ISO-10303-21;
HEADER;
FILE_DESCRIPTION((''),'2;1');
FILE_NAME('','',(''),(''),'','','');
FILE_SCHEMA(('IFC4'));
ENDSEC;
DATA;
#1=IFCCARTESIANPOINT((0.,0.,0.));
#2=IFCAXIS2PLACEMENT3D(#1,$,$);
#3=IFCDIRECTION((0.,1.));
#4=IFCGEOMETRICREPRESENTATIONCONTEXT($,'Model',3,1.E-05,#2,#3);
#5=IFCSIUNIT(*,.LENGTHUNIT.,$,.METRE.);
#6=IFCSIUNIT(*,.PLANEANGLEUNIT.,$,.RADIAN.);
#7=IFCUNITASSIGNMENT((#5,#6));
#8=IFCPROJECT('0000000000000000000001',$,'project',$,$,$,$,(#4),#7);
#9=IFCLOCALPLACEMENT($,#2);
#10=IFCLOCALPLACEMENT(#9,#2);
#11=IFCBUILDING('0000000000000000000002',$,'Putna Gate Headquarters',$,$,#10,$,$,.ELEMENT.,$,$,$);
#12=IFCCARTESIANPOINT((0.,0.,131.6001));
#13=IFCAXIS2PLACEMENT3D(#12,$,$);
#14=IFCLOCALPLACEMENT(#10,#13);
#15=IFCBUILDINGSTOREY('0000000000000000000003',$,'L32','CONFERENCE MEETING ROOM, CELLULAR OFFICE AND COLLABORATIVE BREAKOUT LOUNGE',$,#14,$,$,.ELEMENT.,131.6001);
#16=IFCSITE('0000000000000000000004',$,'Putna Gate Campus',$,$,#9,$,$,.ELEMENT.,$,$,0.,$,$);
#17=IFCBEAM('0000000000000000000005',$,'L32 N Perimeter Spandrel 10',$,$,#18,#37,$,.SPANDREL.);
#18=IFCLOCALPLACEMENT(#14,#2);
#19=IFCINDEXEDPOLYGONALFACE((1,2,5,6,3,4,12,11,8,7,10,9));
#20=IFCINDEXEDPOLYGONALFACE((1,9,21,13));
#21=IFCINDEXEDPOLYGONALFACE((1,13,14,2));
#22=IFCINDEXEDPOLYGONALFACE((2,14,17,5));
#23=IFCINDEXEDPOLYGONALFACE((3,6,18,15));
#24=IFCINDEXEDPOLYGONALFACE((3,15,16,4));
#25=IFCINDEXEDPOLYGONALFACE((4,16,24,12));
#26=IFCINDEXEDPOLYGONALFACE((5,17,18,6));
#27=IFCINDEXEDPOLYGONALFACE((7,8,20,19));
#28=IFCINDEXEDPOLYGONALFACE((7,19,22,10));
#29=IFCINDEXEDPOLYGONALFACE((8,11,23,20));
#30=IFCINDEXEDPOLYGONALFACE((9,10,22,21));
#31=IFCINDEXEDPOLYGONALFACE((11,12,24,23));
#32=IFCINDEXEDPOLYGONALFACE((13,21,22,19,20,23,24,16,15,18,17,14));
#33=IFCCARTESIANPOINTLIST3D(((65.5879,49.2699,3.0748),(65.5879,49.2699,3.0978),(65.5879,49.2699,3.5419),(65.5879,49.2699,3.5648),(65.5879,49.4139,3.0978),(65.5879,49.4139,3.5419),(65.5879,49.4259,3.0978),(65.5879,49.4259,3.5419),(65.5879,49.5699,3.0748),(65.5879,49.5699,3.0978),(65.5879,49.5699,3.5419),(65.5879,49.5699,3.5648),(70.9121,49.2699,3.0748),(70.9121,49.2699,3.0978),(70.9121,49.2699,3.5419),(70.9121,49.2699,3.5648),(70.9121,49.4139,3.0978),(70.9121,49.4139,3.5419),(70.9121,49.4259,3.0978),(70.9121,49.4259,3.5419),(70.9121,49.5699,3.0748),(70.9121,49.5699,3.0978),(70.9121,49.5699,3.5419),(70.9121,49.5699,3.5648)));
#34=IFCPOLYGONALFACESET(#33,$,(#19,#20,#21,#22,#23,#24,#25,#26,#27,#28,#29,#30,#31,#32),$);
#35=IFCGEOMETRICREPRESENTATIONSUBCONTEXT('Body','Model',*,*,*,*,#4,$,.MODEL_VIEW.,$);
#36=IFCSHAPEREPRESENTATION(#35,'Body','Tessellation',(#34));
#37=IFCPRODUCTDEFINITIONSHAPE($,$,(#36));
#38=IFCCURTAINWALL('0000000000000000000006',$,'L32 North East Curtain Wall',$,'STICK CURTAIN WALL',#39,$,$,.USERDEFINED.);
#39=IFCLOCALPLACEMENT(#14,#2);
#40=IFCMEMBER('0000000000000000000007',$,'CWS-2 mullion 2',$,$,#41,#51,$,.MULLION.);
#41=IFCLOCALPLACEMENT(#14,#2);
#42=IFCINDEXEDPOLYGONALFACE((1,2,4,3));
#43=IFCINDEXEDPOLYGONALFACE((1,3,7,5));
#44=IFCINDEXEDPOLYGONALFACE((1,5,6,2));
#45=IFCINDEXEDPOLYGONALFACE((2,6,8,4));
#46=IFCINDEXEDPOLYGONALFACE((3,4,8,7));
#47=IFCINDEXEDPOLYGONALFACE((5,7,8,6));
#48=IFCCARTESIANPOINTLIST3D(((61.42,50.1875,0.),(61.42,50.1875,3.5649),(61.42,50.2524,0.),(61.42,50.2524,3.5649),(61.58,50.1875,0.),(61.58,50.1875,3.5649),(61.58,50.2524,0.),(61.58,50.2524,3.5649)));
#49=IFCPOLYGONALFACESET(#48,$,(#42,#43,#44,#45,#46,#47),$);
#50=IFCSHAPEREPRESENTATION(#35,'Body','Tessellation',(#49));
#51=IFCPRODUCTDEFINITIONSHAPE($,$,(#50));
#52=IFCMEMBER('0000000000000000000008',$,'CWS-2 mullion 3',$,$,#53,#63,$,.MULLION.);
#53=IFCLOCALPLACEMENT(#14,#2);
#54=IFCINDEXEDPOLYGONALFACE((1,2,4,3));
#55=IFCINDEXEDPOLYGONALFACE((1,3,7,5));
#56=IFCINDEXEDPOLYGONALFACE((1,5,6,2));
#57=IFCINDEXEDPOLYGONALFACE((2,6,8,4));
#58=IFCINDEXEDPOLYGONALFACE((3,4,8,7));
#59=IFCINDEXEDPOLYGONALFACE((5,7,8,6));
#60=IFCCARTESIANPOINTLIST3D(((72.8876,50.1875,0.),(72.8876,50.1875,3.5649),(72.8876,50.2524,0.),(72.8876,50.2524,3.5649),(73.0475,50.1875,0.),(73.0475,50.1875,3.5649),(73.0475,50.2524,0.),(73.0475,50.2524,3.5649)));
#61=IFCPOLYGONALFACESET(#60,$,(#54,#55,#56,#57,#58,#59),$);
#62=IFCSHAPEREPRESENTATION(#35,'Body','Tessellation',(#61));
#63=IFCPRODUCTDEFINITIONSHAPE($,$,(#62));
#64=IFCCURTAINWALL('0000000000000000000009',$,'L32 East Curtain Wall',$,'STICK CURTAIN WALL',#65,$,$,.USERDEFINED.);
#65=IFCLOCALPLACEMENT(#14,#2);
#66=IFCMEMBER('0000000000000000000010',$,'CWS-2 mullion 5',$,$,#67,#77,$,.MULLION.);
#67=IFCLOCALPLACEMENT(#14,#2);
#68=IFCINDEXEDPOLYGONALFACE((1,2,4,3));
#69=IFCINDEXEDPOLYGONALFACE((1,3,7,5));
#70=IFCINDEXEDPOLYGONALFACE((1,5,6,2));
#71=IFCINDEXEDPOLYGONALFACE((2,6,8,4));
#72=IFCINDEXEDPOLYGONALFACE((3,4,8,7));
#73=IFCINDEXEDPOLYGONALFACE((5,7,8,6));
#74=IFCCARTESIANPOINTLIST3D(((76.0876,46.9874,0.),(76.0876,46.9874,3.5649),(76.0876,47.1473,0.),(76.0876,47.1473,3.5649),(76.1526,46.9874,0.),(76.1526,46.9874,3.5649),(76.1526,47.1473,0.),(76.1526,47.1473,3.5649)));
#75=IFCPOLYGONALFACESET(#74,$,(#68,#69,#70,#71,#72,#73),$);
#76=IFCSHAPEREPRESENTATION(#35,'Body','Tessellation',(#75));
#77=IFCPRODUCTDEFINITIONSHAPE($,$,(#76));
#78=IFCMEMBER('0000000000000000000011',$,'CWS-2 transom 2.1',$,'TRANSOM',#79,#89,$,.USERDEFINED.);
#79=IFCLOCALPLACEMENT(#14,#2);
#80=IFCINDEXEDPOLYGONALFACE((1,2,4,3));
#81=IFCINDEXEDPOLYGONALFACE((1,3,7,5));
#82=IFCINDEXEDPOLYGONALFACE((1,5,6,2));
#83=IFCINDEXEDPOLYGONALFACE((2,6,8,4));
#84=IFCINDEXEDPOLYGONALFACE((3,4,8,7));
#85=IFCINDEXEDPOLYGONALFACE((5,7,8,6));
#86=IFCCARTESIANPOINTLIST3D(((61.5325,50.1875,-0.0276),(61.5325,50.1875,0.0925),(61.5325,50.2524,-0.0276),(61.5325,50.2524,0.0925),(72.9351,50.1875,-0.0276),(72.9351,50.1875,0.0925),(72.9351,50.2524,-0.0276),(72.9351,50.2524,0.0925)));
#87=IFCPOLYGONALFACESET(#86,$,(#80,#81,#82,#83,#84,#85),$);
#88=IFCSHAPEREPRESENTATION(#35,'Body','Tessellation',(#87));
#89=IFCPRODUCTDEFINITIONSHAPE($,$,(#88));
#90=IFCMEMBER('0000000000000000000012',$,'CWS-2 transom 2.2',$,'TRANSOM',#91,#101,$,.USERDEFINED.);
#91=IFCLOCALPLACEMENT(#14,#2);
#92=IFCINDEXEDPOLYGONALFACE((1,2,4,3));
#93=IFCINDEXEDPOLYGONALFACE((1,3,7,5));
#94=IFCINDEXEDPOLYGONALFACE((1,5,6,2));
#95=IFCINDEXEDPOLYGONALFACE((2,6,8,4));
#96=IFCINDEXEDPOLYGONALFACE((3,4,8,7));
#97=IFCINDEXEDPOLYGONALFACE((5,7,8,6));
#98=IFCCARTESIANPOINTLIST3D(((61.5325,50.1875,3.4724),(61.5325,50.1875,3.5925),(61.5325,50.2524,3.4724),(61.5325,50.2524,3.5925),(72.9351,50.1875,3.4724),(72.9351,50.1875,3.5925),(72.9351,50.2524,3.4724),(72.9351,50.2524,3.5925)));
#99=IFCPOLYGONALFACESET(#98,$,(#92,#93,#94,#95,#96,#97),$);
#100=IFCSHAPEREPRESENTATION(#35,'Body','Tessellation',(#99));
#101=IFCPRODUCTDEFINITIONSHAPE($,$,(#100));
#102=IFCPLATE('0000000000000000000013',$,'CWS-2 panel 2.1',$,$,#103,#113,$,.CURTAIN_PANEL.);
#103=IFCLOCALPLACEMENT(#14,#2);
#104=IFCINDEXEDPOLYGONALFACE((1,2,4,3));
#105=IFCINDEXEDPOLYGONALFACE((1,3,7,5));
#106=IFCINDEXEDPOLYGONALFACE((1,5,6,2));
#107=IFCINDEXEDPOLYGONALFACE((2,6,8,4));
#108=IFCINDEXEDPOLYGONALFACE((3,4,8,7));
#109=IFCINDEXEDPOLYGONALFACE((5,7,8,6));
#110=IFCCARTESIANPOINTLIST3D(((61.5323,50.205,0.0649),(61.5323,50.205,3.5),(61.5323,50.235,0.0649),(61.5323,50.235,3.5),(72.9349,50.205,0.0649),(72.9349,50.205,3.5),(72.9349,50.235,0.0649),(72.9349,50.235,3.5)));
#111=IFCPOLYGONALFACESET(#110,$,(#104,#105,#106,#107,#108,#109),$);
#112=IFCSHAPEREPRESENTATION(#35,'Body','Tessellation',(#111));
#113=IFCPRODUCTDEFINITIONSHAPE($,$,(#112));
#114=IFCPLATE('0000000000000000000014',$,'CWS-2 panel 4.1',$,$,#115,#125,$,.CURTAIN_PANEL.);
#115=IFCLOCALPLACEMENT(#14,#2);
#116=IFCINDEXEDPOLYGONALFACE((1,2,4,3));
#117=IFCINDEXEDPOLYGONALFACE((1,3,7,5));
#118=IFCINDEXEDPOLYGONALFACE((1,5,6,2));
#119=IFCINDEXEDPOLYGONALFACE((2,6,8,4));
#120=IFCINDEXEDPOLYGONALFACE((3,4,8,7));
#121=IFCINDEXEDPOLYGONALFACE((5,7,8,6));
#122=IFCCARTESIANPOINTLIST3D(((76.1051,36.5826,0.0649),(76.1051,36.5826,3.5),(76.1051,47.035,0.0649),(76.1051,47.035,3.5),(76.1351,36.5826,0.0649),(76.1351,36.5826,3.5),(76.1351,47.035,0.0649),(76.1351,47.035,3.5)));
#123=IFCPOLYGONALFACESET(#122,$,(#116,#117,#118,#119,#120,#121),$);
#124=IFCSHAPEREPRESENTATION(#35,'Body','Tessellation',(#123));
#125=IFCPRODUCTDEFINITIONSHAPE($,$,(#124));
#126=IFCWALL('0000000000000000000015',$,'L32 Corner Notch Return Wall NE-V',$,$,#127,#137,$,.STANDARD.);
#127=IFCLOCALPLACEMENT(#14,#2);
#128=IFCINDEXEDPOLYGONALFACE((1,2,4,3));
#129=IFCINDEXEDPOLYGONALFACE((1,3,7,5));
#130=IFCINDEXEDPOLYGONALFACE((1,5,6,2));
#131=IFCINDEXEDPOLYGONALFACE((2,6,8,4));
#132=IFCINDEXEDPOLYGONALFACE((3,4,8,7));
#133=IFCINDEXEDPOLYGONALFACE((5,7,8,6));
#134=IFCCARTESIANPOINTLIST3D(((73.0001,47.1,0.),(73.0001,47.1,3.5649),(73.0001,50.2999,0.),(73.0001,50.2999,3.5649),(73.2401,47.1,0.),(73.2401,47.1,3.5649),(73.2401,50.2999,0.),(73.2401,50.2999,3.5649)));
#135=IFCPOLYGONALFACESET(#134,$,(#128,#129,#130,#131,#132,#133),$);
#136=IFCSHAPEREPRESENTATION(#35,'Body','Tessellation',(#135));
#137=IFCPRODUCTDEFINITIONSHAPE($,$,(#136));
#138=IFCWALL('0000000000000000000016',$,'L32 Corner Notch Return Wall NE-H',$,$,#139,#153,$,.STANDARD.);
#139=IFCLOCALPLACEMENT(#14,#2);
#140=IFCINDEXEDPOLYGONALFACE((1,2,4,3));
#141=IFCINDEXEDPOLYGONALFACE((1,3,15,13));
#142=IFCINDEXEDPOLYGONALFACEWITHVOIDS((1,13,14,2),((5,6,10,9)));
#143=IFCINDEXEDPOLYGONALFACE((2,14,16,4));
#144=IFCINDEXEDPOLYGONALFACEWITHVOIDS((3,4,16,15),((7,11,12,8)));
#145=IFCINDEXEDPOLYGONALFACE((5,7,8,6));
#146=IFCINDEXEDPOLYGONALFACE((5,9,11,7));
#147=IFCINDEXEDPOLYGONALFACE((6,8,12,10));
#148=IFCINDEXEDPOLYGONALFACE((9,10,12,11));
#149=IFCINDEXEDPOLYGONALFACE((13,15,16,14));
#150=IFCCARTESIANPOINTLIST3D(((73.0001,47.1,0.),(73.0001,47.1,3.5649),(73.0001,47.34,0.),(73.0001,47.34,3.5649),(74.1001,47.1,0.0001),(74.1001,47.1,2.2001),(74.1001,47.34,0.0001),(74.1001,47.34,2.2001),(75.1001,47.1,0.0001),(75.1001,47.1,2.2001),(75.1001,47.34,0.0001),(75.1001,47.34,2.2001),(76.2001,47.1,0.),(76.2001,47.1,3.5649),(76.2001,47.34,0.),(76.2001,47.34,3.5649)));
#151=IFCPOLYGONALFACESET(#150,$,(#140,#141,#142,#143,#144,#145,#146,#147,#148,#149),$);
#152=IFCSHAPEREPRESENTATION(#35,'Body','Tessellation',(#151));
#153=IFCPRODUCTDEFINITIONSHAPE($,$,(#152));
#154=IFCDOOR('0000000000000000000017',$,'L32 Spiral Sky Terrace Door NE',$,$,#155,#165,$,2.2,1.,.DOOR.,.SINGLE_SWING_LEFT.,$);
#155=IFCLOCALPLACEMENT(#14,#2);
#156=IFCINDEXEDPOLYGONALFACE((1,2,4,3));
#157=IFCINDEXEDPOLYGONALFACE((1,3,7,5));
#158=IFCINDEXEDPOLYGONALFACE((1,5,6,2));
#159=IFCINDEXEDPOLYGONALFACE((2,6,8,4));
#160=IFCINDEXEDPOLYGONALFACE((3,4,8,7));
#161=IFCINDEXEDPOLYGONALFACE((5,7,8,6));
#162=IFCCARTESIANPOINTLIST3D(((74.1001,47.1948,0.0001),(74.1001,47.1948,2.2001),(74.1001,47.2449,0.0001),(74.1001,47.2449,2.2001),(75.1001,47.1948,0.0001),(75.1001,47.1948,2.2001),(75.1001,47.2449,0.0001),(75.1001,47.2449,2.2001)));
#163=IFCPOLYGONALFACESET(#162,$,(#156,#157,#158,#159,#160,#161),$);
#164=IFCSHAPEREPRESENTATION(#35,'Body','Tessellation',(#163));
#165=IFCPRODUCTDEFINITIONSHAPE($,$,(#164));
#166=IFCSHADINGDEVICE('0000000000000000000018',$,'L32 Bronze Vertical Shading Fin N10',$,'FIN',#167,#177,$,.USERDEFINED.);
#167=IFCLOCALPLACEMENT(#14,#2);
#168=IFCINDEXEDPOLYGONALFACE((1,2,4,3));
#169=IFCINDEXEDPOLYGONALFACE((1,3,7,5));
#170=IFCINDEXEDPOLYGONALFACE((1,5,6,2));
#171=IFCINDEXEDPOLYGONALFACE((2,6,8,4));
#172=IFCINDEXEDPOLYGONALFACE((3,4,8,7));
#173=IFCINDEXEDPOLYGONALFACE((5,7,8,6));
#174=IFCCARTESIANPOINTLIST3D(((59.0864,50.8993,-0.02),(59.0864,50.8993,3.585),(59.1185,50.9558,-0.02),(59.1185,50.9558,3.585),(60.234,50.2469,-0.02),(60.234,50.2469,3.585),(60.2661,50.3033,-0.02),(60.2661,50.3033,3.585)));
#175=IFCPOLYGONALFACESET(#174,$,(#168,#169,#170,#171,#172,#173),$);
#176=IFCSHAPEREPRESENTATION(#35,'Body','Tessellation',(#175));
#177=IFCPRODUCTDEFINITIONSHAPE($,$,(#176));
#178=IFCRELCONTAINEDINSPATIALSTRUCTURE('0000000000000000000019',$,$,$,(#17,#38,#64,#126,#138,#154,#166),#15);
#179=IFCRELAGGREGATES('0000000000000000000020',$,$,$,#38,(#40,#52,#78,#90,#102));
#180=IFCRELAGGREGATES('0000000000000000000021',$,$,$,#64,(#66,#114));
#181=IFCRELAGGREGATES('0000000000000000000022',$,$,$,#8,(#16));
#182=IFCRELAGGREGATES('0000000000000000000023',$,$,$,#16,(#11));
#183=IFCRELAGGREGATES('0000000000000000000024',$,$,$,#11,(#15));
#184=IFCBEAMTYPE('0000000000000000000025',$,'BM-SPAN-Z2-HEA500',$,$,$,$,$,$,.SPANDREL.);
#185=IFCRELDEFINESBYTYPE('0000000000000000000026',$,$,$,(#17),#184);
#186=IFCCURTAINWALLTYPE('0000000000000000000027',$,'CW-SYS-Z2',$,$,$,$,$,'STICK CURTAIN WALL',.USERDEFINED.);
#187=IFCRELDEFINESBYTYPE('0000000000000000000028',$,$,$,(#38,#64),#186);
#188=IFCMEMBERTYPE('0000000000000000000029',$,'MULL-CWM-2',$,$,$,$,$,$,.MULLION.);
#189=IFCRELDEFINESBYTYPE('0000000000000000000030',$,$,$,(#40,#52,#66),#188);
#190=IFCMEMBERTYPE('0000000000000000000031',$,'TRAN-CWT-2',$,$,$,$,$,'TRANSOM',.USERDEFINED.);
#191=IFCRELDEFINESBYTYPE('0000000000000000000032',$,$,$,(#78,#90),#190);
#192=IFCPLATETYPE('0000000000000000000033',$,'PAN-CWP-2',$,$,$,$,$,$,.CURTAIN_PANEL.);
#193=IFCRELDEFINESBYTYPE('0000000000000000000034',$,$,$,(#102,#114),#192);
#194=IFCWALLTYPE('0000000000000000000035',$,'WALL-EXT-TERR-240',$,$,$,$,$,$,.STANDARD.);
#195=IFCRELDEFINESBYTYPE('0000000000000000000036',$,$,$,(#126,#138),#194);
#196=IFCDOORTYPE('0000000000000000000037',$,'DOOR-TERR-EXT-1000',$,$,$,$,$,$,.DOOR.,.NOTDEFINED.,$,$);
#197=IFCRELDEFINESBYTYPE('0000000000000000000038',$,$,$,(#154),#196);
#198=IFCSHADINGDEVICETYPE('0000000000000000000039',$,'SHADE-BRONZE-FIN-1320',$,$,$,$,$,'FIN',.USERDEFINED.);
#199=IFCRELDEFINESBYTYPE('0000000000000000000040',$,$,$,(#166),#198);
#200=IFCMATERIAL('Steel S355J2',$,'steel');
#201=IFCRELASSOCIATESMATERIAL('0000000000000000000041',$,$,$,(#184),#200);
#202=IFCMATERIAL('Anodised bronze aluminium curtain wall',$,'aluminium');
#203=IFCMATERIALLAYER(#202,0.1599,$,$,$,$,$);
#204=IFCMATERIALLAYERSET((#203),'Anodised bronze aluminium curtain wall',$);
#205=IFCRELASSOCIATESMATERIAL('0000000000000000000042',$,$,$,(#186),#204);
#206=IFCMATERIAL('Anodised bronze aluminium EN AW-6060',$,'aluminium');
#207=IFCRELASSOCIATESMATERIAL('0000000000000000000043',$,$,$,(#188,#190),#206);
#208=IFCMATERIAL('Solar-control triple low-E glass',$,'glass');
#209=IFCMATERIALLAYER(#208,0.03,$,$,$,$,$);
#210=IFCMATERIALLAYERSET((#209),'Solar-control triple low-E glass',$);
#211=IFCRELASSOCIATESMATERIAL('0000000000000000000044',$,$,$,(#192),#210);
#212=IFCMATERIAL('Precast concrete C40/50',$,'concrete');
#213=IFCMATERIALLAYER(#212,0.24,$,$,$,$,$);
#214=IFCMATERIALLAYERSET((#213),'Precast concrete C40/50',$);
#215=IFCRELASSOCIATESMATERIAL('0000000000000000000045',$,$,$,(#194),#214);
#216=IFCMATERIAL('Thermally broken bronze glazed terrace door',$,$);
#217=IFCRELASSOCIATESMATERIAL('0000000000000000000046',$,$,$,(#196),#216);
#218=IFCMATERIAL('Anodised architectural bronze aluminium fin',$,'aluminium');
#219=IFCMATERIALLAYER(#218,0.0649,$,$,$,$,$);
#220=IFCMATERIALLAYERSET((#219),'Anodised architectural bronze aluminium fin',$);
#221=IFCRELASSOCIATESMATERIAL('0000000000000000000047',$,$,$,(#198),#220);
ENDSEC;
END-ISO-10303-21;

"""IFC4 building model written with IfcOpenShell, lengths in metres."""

from ifc_helpers import new_model, si_unit, direction, frame, frame_2d, origin, origin_2d, place, context, subcontext, project, spatial, rectangle, i_section, extrude, material, layer, layer_set, material_profile, profile_set, type_object, element, fill, aggregate, save


model = new_model("IFC4")

# Units and contexts
model_context = context("Model", 3, precision=1e-05, world=origin(), true_north=direction((0.0, 1.0)))
body_context = subcontext(model_context, "Body", "Model", "MODEL_VIEW")
ifc_project = project(units=[si_unit("LENGTHUNIT", "METRE"), si_unit("PLANEANGLEUNIT", "RADIAN")], contexts=[model_context])

# Site, building, storey
site_placement = place(None, origin())
site = spatial("IfcSite", under=ifc_project, at=site_placement, Name="Putna Gate Campus", CompositionType="ELEMENT", RefElevation=0.0)
building_placement = place(site_placement, origin())
building = spatial("IfcBuilding", under=site, at=building_placement, Name="Putna Gate Headquarters", CompositionType="ELEMENT")
storey_placement = place(building_placement, frame((0.0, 0.0, 131.6001)))
storey = spatial("IfcBuildingStorey", under=building, at=storey_placement, Name="L32", Description="CONFERENCE MEETING ROOM, CELLULAR OFFICE AND COLLABORATIVE BREAKOUT LOUNGE", CompositionType="ELEMENT", Elevation=131.6001)

# Beam
ifc_material_1 = material(Name="Steel S355J2", Category="steel")
ifc_material_profile_1 = material_profile(ifc_material_1, i_section(OverallWidth=0.3, OverallDepth=0.49, WebThickness=0.012, FlangeThickness=0.0229, at=origin_2d()), Name="Steel S355J2")
ifc_profile_set_1 = profile_set([ifc_material_profile_1], Name="Steel S355J2")
beam_type_1 = type_object("IfcBeamType", Name="BM-SPAN-Z2-HEA500", PredefinedType="SPANDREL", material=ifc_profile_set_1)
for number, where, z_axis, x_axis, name in (
    (1, (65.5879, 49.4199, 3.3198), (1.0, 0.0, 0.0), (0.0, 1.0, 0.0), "L32 N Perimeter Spandrel 10"),
):
    element("IfcBeam", number, at=place(storey_placement, frame(where, z_axis=z_axis, x_axis=x_axis)), inside=storey, type_object=beam_type_1, Name=name, PredefinedType="SPANDREL", context=body_context, shape_type="SweptSolid", body=[
        extrude(i_section(OverallWidth=0.3, OverallDepth=0.49, WebThickness=0.012, FlangeThickness=0.0229, at=origin_2d()), origin(), (0.0, 0.0, 1.0), 5.3242),
    ])

# Curtain wall, members
ifc_material_2 = material(Name="Anodised bronze aluminium curtain wall", Category="aluminium")
ifc_layer_1 = layer(ifc_material_2, 0.1599)
ifc_layer_set_1 = layer_set([ifc_layer_1], Name="Anodised bronze aluminium curtain wall")
curtain_wall_type = type_object("IfcCurtainWallType", Name="CW-SYS-Z2", ElementType="STICK CURTAIN WALL", PredefinedType="USERDEFINED", material=ifc_layer_set_1)
curtain_wall_1_placement = place(storey_placement, origin())
curtain_wall_1 = element("IfcCurtainWall", 2, at=curtain_wall_1_placement, inside=storey, type_object=curtain_wall_type, Name="L32 North East Curtain Wall", ObjectType="STICK CURTAIN WALL", PredefinedType="USERDEFINED")
ifc_material_3 = material(Name="Anodised bronze aluminium EN AW-6060", Category="aluminium")
ifc_material_profile_2 = material_profile(ifc_material_3, rectangle(XDim=0.0649, YDim=0.1599, at=origin_2d()), Name="Anodised bronze aluminium EN AW-6060")
ifc_profile_set_2 = profile_set([ifc_material_profile_2], Name="Anodised bronze aluminium EN AW-6060")
member_type_1 = type_object("IfcMemberType", Name="MULL-CWM-2", PredefinedType="MULLION", material=ifc_profile_set_2)
member_1_placement = place(storey_placement, frame((61.5, 50.22, 0.0), z_axis=(0.0, 0.0, 1.0), x_axis=(0.0, 1.0, 0.0)))
member_1 = element("IfcMember", 3, at=member_1_placement, type_object=member_type_1, Name="CWS-2 mullion 2", PredefinedType="MULLION", context=body_context, shape_type="SweptSolid", body=[
    extrude(rectangle(XDim=0.0649, YDim=0.1599, at=origin_2d()), origin(), (0.0, 0.0, 1.0), 3.5649),
])
member_2_placement = place(storey_placement, frame((72.9675, 50.22, 0.0), z_axis=(0.0, 0.0, 1.0), x_axis=(0.0, 1.0, 0.0)))
member_2 = element("IfcMember", 4, at=member_2_placement, type_object=member_type_1, Name="CWS-2 mullion 3", PredefinedType="MULLION", context=body_context, shape_type="SweptSolid", body=[
    extrude(rectangle(XDim=0.0649, YDim=0.1599, at=origin_2d()), origin(), (0.0, 0.0, 1.0), 3.5649),
])

# Curtain wall, member
curtain_wall_2_placement = place(storey_placement, origin())
curtain_wall_2 = element("IfcCurtainWall", 5, at=curtain_wall_2_placement, inside=storey, type_object=curtain_wall_type, Name="L32 East Curtain Wall", ObjectType="STICK CURTAIN WALL", PredefinedType="USERDEFINED")
member_3_placement = place(storey_placement, frame((76.1201, 47.0674, 0.0), z_axis=(0.0, 0.0, 1.0), x_axis=(-1.0, 0.0, 0.0)))
member_3 = element("IfcMember", 6, at=member_3_placement, type_object=member_type_1, Name="CWS-2 mullion 5", PredefinedType="MULLION", context=body_context, shape_type="SweptSolid", body=[
    extrude(rectangle(XDim=0.0649, YDim=0.1599, at=origin_2d()), origin(), (0.0, 0.0, 1.0), 3.5649),
])

# Members
ifc_material_profile_3 = material_profile(ifc_material_3, rectangle(XDim=0.0649, YDim=0.1201, at=origin_2d()), Name="Anodised bronze aluminium EN AW-6060")
ifc_profile_set_3 = profile_set([ifc_material_profile_3], Name="Anodised bronze aluminium EN AW-6060")
member_type_2 = type_object("IfcMemberType", Name="TRAN-CWT-2", ElementType="TRANSOM", PredefinedType="USERDEFINED", material=ifc_profile_set_3)
member_4_placement = place(storey_placement, frame((61.5325, 50.22, 0.0325), z_axis=(1.0, 0.0, 0.0), x_axis=(0.0, 1.0, 0.0)))
member_4 = element("IfcMember", 7, at=member_4_placement, type_object=member_type_2, Name="CWS-2 transom 2.1", ObjectType="TRANSOM", PredefinedType="USERDEFINED", context=body_context, shape_type="SweptSolid", body=[
    extrude(rectangle(XDim=0.0649, YDim=0.1201, at=origin_2d()), origin(), (0.0, 0.0, 1.0), 11.4026),
])
member_5_placement = place(storey_placement, frame((61.5325, 50.22, 3.5325), z_axis=(1.0, 0.0, 0.0), x_axis=(0.0, 1.0, 0.0)))
member_5 = element("IfcMember", 8, at=member_5_placement, type_object=member_type_2, Name="CWS-2 transom 2.2", ObjectType="TRANSOM", PredefinedType="USERDEFINED", context=body_context, shape_type="SweptSolid", body=[
    extrude(rectangle(XDim=0.0649, YDim=0.1201, at=origin_2d()), origin(), (0.0, 0.0, 1.0), 11.4026),
])

# Plates
ifc_material_4 = material(Name="Solar-control triple low-E glass", Category="glass")
ifc_layer_2 = layer(ifc_material_4, 0.03)
ifc_layer_set_2 = layer_set([ifc_layer_2], Name="Solar-control triple low-E glass")
plate_type = type_object("IfcPlateType", Name="PAN-CWP-2", PredefinedType="CURTAIN_PANEL", material=ifc_layer_set_2)
plate_1_placement = place(storey_placement, frame((67.2336, 50.22, 0.0649), z_axis=(0.0, 0.0, 1.0), x_axis=(1.0, 0.0, 0.0)))
plate_1 = element("IfcPlate", 9, at=plate_1_placement, type_object=plate_type, Name="CWS-2 panel 2.1", PredefinedType="CURTAIN_PANEL", context=body_context, shape_type="SweptSolid", body=[
    extrude(rectangle(XDim=11.4026, YDim=0.03, at=origin_2d()), origin(), (0.0, 0.0, 1.0), 3.4351),
])
aggregate(curtain_wall_1, [member_1, member_2, member_4, member_5, plate_1])
plate_2_placement = place(storey_placement, frame((76.1201, 41.8088, 0.0649), z_axis=(0.0, 0.0, 1.0), x_axis=(0.0, 1.0, 0.0)))
plate_2 = element("IfcPlate", 10, at=plate_2_placement, type_object=plate_type, Name="CWS-2 panel 4.1", PredefinedType="CURTAIN_PANEL", context=body_context, shape_type="SweptSolid", body=[
    extrude(rectangle(XDim=10.4524, YDim=0.03, at=origin_2d()), origin(), (0.0, 0.0, 1.0), 3.4351),
])
aggregate(curtain_wall_2, [member_3, plate_2])

# Wall
ifc_material_5 = material(Name="Precast concrete C40/50", Category="concrete")
ifc_layer_3 = layer(ifc_material_5, 0.24)
ifc_layer_set_3 = layer_set([ifc_layer_3], Name="Precast concrete C40/50")
wall_type = type_object("IfcWallType", Name="WALL-EXT-TERR-240", PredefinedType="STANDARD", material=ifc_layer_set_3)
wall_1_placement = place(storey_placement, frame((73.1201, 50.3, 0.0), z_axis=(0.0, 0.0, 1.0), x_axis=(0.0, -1.0, 0.0)))
element("IfcWall", 11, at=wall_1_placement, inside=storey, type_object=wall_type, Name="L32 Corner Notch Return Wall NE-V", PredefinedType="STANDARD", context=body_context, shape_type="SweptSolid", body=[
    extrude(rectangle(XDim=3.2, YDim=0.24, at=frame_2d((1.6001, 0.0))), origin(), (0.0, 0.0, 1.0), 3.5649),
])

# Wall, opening, door
wall_2_placement = place(storey_placement, frame((73.0, 47.22, 0.0), z_axis=(0.0, 0.0, 1.0), x_axis=(1.0, 0.0, 0.0)))
wall_2 = element("IfcWall", 12, at=wall_2_placement, inside=storey, type_object=wall_type, Name="L32 Corner Notch Return Wall NE-H", PredefinedType="STANDARD", context=body_context, shape_type="SweptSolid", body=[
    extrude(rectangle(XDim=3.2, YDim=0.24, at=frame_2d((1.6001, 0.0))), origin(), (0.0, 0.0, 1.0), 3.5649),
])
opening_placement = place(wall_2_placement, frame((1.1001, 0.0, 0.0)))
opening = element("IfcOpeningElement", 13, at=opening_placement, cuts=wall_2, PredefinedType="OPENING", context=body_context, shape_type="SweptSolid", body=[
    extrude(rectangle(XDim=1.0, YDim=2.2, at=frame_2d((0.5, 1.1001))), frame((0.0, 0.1299, 0.0), z_axis=(0.0, -1.0, 0.0), x_axis=(1.0, 0.0, 0.0)), (0.0, 0.0, 1.0), 0.26),
])
ifc_material_6 = material(Name="Thermally broken bronze glazed terrace door")
door_type = type_object("IfcDoorType", Name="DOOR-TERR-EXT-1000", OperationType="NOTDEFINED", PredefinedType="DOOR", material=ifc_material_6)
door_placement = place(opening_placement, origin())
door = element("IfcDoor", 14, at=door_placement, inside=storey, type_object=door_type, Name="L32 Spiral Sky Terrace Door NE", OperationType="SINGLE_SWING_LEFT", OverallHeight=2.2, OverallWidth=1.0, PredefinedType="DOOR", context=body_context, shape_type="SweptSolid", body=[
    extrude(rectangle(XDim=1.0, YDim=2.2, at=frame_2d((0.5, 1.1001))), frame((0.0, 0.0249, 0.0), z_axis=(0.0, -1.0, 0.0), x_axis=(1.0, 0.0, 0.0)), (0.0, 0.0, 1.0), 0.05),
])
fill(opening, door)

# Shading device
ifc_material_7 = material(Name="Anodised architectural bronze aluminium fin", Category="aluminium")
ifc_layer_4 = layer(ifc_material_7, 0.0649)
ifc_layer_set_4 = layer_set([ifc_layer_4], Name="Anodised architectural bronze aluminium fin")
shading_device_type = type_object("IfcShadingDeviceType", Name="SHADE-BRONZE-FIN-1320", ElementType="FIN", PredefinedType="USERDEFINED", material=ifc_layer_set_4)
for number, where, z_axis, x_axis, name in (
    (15, (59.6763, 50.6013, -0.02), (0.0, 0.0, 1.0), (-0.869322, 0.494245, 0.0), "L32 Bronze Vertical Shading Fin N10"),
):
    element("IfcShadingDevice", number, at=place(storey_placement, frame(where, z_axis=z_axis, x_axis=x_axis)), inside=storey, type_object=shading_device_type, Name=name, ObjectType="FIN", PredefinedType="USERDEFINED", context=body_context, shape_type="SweptSolid", body=[
        extrude(rectangle(XDim=1.3201, YDim=0.0649, at=origin_2d()), origin(), (0.0, 0.0, 1.0), 3.605),
    ])

save(model, "model.ifc")
